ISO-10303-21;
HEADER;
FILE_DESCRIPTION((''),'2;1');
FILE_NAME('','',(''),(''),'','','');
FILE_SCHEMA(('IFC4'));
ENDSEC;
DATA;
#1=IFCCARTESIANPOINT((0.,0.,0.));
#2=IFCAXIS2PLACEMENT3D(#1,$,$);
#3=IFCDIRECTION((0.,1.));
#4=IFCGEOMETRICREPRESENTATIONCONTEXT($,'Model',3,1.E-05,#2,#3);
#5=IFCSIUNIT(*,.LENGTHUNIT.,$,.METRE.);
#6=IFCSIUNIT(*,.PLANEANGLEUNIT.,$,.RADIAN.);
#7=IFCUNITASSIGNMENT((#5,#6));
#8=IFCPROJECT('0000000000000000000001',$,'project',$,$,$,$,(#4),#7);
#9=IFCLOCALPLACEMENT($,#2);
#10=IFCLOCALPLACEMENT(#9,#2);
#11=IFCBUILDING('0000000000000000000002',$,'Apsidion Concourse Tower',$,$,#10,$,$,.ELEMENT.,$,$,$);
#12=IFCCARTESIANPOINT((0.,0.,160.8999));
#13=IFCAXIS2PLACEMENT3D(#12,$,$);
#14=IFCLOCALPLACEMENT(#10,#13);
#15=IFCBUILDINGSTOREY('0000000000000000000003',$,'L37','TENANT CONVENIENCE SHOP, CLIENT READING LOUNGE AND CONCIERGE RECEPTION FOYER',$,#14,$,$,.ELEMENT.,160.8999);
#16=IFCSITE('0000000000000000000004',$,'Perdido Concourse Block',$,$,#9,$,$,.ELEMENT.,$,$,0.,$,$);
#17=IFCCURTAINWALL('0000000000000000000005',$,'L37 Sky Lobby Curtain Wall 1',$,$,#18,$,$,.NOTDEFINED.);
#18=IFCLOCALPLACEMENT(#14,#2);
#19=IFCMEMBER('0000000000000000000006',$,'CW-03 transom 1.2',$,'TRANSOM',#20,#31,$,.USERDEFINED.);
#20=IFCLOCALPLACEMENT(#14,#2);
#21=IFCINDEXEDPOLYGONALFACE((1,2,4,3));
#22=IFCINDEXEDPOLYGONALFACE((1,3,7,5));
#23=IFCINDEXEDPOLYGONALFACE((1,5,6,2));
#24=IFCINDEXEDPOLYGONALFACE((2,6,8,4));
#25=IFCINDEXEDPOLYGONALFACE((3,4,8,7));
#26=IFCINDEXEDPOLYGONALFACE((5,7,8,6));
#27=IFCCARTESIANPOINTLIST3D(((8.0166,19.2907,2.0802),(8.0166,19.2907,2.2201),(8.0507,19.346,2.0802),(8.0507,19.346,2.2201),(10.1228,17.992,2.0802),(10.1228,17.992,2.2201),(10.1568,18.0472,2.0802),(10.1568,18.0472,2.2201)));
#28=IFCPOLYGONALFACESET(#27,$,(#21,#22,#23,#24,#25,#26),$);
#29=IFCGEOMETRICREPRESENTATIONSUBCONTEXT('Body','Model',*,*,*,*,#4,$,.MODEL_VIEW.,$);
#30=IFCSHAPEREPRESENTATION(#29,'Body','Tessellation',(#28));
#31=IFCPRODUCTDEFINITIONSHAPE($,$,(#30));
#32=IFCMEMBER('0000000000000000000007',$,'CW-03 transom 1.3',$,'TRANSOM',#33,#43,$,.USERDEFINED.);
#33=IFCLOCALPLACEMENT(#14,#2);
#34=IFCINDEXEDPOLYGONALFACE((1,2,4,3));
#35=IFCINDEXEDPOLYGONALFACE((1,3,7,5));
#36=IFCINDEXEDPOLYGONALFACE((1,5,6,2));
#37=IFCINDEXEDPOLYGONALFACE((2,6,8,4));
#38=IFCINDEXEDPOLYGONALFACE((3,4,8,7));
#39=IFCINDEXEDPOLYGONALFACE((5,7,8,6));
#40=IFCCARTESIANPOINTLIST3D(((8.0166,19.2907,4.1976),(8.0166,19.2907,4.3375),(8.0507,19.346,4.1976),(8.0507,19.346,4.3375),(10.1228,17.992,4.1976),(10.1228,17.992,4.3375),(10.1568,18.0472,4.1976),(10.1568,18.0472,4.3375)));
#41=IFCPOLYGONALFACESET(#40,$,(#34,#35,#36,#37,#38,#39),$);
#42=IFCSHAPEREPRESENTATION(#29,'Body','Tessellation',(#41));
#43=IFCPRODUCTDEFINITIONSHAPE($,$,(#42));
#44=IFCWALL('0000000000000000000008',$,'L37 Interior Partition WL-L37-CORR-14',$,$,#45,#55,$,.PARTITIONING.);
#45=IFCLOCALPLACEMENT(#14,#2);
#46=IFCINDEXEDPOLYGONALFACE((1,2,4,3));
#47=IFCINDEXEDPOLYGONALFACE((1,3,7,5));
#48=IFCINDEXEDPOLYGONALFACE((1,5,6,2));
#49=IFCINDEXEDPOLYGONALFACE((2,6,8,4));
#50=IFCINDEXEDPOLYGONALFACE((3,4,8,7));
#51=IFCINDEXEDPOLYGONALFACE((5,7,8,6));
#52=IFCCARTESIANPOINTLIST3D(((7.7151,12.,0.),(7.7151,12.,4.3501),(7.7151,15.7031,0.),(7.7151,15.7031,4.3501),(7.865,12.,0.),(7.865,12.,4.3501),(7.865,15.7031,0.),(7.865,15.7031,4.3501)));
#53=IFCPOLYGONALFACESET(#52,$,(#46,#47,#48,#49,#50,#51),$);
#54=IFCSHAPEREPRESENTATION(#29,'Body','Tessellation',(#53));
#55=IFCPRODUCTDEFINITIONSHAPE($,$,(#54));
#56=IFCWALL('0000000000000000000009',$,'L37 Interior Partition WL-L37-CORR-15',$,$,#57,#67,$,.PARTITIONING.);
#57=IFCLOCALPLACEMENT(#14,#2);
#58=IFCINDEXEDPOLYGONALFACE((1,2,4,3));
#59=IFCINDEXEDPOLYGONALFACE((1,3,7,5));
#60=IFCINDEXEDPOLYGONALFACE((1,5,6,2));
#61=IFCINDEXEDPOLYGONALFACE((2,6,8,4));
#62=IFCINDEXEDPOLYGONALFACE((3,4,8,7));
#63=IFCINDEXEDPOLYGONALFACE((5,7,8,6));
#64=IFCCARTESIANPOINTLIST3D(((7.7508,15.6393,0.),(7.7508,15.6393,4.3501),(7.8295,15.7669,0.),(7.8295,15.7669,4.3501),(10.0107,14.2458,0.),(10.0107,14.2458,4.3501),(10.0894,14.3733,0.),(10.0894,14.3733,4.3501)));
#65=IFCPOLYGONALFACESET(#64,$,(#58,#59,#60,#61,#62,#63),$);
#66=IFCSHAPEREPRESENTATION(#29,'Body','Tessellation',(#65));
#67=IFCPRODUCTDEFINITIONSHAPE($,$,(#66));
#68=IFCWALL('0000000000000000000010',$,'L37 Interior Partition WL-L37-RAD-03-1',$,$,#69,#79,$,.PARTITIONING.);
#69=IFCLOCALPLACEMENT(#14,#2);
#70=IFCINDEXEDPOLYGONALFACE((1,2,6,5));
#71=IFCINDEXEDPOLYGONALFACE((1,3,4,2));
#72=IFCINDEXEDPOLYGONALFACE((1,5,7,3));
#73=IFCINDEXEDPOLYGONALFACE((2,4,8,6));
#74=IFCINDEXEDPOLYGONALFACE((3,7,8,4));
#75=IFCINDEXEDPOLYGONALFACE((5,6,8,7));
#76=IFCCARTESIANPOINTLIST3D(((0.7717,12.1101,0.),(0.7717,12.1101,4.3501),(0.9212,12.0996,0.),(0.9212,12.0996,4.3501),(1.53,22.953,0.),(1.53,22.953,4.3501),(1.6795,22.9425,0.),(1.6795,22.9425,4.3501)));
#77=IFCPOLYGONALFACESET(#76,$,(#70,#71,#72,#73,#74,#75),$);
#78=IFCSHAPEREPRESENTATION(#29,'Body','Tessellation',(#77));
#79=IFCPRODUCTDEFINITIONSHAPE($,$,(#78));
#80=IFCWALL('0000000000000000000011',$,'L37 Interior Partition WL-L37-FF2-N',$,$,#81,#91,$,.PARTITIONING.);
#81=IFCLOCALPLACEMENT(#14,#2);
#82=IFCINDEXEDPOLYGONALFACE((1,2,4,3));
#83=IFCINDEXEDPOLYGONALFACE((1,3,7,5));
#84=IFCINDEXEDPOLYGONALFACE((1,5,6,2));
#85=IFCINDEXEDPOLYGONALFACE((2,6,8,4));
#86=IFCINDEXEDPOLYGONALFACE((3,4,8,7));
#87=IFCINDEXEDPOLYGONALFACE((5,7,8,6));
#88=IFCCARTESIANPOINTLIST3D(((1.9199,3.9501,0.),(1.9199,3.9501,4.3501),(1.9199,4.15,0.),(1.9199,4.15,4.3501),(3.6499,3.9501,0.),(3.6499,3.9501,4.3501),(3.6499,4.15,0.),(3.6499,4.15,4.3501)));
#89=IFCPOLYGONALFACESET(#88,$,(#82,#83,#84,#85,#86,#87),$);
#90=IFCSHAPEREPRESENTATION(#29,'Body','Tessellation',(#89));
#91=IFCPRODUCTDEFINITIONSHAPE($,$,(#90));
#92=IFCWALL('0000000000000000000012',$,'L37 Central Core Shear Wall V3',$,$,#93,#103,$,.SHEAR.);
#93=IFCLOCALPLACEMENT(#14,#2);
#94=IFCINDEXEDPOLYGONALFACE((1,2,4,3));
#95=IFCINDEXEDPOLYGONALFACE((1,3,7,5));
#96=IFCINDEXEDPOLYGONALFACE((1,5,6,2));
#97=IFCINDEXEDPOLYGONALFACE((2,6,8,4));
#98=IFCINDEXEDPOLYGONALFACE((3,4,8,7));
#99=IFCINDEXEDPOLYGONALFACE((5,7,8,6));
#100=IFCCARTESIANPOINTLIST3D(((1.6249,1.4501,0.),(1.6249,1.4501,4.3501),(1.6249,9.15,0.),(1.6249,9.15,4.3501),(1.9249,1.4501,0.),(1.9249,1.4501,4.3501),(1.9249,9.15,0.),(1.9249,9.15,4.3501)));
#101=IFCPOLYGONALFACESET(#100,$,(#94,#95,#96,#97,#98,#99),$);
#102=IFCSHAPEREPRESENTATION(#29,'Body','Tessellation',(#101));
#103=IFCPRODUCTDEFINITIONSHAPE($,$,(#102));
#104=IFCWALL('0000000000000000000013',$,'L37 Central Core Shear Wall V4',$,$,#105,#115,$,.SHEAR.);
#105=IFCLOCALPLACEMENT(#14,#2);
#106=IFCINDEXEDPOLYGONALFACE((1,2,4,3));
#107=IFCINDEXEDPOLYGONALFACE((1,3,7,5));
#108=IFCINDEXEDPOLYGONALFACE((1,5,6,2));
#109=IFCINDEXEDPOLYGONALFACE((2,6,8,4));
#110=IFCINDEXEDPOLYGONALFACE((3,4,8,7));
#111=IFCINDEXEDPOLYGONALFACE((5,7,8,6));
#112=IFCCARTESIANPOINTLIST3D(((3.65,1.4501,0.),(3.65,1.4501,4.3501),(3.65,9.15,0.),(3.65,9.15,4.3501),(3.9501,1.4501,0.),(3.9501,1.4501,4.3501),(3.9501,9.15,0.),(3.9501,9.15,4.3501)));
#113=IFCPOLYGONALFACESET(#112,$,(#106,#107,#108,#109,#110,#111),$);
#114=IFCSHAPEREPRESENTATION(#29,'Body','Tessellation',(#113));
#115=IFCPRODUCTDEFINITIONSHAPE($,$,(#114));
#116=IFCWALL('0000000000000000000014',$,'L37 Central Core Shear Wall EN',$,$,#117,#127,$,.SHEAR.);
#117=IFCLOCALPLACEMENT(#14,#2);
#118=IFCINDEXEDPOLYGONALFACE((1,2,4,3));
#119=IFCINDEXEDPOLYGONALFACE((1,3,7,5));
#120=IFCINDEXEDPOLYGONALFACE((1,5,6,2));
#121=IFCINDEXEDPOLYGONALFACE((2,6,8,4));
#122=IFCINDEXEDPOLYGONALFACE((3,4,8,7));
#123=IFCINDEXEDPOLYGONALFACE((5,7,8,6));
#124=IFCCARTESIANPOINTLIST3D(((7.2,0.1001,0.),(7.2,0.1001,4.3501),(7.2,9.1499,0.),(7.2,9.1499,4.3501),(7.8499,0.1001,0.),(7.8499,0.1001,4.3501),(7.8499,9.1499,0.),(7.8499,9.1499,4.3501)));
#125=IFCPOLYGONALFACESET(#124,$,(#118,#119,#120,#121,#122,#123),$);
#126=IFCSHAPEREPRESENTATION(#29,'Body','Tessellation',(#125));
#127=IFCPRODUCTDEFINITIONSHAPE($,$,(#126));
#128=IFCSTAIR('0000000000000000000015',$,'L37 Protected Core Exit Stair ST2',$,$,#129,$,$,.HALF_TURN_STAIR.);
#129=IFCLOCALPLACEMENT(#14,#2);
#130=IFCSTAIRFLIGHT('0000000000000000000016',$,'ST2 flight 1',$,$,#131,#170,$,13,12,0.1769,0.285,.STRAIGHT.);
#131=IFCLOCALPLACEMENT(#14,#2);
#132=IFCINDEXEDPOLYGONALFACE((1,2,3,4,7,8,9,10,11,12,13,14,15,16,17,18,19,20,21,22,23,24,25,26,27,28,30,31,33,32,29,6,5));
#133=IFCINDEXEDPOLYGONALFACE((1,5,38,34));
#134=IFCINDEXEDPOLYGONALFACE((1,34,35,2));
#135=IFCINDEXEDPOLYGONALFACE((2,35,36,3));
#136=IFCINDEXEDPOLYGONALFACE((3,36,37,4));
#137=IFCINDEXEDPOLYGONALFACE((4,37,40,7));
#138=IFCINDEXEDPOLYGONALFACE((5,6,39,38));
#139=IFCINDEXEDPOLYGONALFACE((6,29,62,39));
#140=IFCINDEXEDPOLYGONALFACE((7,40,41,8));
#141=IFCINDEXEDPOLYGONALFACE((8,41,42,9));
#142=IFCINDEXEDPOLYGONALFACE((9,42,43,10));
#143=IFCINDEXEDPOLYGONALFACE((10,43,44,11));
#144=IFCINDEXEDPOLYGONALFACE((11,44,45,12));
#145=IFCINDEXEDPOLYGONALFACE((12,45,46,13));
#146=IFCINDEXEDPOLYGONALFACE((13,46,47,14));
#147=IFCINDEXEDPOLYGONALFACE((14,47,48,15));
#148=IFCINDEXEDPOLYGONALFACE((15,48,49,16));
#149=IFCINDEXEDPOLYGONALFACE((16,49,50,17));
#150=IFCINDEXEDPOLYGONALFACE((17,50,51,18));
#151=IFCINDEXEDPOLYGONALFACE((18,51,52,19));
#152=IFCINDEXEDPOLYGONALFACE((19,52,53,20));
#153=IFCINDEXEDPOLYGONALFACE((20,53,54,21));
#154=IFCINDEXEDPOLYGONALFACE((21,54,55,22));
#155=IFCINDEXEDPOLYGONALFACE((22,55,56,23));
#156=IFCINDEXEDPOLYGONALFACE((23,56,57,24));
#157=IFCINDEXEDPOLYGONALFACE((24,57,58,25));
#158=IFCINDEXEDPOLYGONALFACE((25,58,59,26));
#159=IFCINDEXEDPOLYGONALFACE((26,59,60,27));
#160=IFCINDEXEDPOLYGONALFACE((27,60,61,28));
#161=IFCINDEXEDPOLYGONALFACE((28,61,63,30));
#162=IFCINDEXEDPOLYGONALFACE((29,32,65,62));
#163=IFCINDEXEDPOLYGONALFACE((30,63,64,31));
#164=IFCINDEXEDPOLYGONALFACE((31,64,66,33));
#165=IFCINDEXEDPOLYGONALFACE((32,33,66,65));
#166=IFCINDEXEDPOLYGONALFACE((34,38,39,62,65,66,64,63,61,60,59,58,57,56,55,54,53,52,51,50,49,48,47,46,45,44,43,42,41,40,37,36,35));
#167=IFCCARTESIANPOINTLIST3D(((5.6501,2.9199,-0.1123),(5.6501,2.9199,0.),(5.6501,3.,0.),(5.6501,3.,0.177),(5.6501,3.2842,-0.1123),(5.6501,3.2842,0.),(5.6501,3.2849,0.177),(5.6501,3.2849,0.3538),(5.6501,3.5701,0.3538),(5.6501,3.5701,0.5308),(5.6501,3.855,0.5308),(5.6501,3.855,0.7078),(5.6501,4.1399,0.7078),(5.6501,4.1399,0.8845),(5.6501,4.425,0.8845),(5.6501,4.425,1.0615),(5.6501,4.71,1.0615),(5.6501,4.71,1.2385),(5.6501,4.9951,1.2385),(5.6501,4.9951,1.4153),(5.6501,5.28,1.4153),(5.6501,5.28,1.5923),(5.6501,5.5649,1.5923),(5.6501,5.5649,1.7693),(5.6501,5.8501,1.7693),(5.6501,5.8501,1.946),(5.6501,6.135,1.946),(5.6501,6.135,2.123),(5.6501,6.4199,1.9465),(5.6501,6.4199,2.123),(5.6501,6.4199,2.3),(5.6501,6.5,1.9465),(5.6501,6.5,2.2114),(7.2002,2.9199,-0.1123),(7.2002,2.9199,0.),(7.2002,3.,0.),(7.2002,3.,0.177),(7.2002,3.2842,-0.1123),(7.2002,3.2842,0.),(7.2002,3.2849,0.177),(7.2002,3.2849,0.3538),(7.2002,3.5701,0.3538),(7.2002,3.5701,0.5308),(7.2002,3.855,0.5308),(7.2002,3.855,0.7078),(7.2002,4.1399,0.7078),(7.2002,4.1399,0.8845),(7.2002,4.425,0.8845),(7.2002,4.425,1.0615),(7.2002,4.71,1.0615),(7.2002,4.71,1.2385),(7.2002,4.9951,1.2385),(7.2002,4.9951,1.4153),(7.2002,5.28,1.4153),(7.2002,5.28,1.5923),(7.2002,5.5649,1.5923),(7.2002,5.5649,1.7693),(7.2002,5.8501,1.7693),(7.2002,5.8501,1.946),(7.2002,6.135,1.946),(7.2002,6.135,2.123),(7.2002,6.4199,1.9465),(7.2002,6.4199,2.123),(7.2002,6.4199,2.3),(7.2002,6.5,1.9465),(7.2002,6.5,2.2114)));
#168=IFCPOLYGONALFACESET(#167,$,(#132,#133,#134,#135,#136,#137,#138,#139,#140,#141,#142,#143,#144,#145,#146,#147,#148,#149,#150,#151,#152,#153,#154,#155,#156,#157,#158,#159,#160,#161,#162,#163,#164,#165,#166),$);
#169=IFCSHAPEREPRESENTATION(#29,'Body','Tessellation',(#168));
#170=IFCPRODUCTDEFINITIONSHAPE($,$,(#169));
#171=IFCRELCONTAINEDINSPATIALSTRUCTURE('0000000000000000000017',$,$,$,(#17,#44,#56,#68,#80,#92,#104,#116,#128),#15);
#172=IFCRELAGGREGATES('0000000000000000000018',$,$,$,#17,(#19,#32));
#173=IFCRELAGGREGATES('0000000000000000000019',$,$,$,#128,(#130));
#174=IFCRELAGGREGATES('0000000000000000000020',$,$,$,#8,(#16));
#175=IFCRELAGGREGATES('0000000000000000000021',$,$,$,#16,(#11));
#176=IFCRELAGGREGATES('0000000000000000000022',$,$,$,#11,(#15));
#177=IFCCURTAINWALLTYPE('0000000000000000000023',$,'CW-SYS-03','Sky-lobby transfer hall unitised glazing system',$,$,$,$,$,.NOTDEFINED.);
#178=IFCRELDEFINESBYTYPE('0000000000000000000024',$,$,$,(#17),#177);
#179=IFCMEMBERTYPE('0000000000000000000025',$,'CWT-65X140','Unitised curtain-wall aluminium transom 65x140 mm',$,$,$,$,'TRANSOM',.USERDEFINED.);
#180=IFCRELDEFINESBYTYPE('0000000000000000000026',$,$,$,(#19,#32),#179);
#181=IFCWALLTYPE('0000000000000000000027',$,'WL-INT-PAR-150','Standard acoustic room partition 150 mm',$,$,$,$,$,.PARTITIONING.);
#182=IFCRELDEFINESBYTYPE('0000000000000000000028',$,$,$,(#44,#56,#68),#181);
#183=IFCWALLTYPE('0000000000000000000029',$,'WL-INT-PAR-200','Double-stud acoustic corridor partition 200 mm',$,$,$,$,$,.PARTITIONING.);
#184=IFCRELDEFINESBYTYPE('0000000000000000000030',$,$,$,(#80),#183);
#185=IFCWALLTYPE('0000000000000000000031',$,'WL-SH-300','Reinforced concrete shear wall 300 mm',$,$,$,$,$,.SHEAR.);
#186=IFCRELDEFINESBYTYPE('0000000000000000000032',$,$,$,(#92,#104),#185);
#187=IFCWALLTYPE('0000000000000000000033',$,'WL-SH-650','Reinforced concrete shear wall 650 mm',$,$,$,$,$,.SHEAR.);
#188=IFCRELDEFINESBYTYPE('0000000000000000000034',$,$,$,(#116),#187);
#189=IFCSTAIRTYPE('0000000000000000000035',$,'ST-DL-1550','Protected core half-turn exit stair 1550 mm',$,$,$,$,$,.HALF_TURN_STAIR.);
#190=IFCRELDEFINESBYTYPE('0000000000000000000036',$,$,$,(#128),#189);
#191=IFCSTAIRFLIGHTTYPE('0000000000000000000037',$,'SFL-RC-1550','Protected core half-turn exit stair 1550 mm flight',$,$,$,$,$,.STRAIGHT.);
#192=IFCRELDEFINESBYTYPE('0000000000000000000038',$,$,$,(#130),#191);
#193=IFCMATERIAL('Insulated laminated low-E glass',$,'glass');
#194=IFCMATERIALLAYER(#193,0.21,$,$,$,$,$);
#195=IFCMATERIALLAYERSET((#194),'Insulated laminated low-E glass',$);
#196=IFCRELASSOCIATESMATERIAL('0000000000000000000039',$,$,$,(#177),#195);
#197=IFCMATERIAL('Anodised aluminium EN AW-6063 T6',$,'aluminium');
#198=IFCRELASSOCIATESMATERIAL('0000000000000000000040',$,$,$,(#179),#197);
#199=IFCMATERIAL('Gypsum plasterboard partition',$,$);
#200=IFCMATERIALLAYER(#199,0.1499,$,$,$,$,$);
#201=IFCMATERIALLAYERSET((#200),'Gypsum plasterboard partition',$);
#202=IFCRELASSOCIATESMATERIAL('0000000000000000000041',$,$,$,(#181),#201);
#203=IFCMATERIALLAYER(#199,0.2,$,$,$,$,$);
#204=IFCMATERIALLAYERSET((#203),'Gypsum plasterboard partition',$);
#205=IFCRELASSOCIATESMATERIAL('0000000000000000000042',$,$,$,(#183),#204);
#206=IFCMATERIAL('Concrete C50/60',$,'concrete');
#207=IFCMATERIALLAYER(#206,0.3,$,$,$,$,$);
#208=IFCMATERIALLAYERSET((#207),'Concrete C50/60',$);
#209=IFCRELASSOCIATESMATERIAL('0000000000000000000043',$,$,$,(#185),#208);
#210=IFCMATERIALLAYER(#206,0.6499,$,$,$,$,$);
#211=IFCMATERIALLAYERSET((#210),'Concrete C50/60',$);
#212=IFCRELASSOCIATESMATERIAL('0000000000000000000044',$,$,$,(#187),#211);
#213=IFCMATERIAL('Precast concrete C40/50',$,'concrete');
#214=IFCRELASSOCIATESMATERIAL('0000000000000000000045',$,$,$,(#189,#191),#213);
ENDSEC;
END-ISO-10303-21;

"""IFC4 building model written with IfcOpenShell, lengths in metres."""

from ifc_helpers import new_model, si_unit, direction, frame, frame_2d, origin, origin_2d, place, context, subcontext, project, spatial, polyline, rectangle, outline, extrude, material, layer, layer_set, material_profile, profile_set, type_object, element, aggregate, save


model = new_model("IFC4")

# Units and contexts
model_context = context("Model", 3, precision=1e-05, world=origin(), true_north=direction((0.0, 1.0)))
body_context = subcontext(model_context, "Body", "Model", "MODEL_VIEW")
ifc_project = project(units=[si_unit("LENGTHUNIT", "METRE"), si_unit("PLANEANGLEUNIT", "RADIAN")], contexts=[model_context])

# Site, building, storey
site_placement = place(None, origin())
site = spatial("IfcSite", under=ifc_project, at=site_placement, Name="Perdido Concourse Block", CompositionType="ELEMENT", RefElevation=0.0)
building_placement = place(site_placement, origin())
building = spatial("IfcBuilding", under=site, at=building_placement, Name="Apsidion Concourse Tower", CompositionType="ELEMENT")
storey_placement = place(building_placement, frame((0.0, 0.0, 160.8999)))
storey = spatial("IfcBuildingStorey", under=building, at=storey_placement, Name="L37", Description="TENANT CONVENIENCE SHOP, CLIENT READING LOUNGE AND CONCIERGE RECEPTION FOYER", CompositionType="ELEMENT", Elevation=160.8999)

# Shared definitions
ifc_material_1 = material(Name="Concrete C50/60", Category="concrete")

# Curtain wall, members
ifc_material_2 = material(Name="Insulated laminated low-E glass", Category="glass")
ifc_layer_1 = layer(ifc_material_2, 0.21)
ifc_layer_set_1 = layer_set([ifc_layer_1], Name="Insulated laminated low-E glass")
curtain_wall_type = type_object("IfcCurtainWallType", Name="CW-SYS-03", Description="Sky-lobby transfer hall unitised glazing system", PredefinedType="NOTDEFINED", material=ifc_layer_set_1)
curtain_wall_placement = place(storey_placement, origin())
curtain_wall = element("IfcCurtainWall", 1, at=curtain_wall_placement, inside=storey, type_object=curtain_wall_type, Name="L37 Sky Lobby Curtain Wall 1", PredefinedType="NOTDEFINED")
ifc_material_3 = material(Name="Anodised aluminium EN AW-6063 T6", Category="aluminium")
ifc_material_profile_1 = material_profile(ifc_material_3, rectangle(XDim=0.0649, YDim=0.1399, at=origin_2d()), Name="ALU TRANSOM 65x140")
ifc_profile_set_1 = profile_set([ifc_material_profile_1], Name="Anodised aluminium EN AW-6063 T6")
member_type_1 = type_object("IfcMemberType", Name="CWT-65X140", Description="Unitised curtain-wall aluminium transom 65x140 mm", ElementType="TRANSOM", PredefinedType="USERDEFINED", material=ifc_profile_set_1)
member_1_placement = place(storey_placement, frame((8.0337, 19.3184, 2.1501), z_axis=(0.85117, -0.52489, 0.0), x_axis=(0.52489, 0.85117, 0.0)))
member_1 = element("IfcMember", 2, at=member_1_placement, type_object=member_type_1, Name="CW-03 transom 1.2", ObjectType="TRANSOM", PredefinedType="USERDEFINED", context=body_context, shape_type="SweptSolid", body=[
    extrude(rectangle(XDim=0.0649, YDim=0.1399, at=origin_2d()), origin(), (0.0, 0.0, 1.0), 2.4744),
])
member_2_placement = place(storey_placement, frame((8.0337, 19.3184, 4.2676), z_axis=(0.85117, -0.52489, 0.0), x_axis=(0.52489, 0.85117, 0.0)))
member_2 = element("IfcMember", 3, at=member_2_placement, type_object=member_type_1, Name="CW-03 transom 1.3", ObjectType="TRANSOM", PredefinedType="USERDEFINED", context=body_context, shape_type="SweptSolid", body=[
    extrude(rectangle(XDim=0.0649, YDim=0.1399, at=origin_2d()), origin(), (0.0, 0.0, 1.0), 2.4744),
])
aggregate(curtain_wall, [member_1, member_2])

# Walls
ifc_material_4 = material(Name="Gypsum plasterboard partition")
ifc_layer_2 = layer(ifc_material_4, 0.1499)
ifc_layer_set_2 = layer_set([ifc_layer_2], Name="Gypsum plasterboard partition")
wall_type_1 = type_object("IfcWallType", Name="WL-INT-PAR-150", Description="Standard acoustic room partition 150 mm", PredefinedType="PARTITIONING", material=ifc_layer_set_2)
wall_1_placement = place(storey_placement, frame((7.79, 12.0, 0.0), z_axis=(0.0, 0.0, 1.0), x_axis=(0.0, 1.0, 0.0)))
element("IfcWall", 4, at=wall_1_placement, inside=storey, type_object=wall_type_1, Name="L37 Interior Partition WL-L37-CORR-14", PredefinedType="PARTITIONING", context=body_context, shape_type="SweptSolid", body=[
    extrude(rectangle(XDim=3.7031, YDim=0.1499, at=frame_2d((1.8516, 0.0))), origin(), (0.0, 0.0, 1.0), 4.3501),
])
wall_2_placement = place(storey_placement, frame((7.79, 15.7031, 0.0), z_axis=(0.0, 0.0, 1.0), x_axis=(0.851191, -0.524857, 0.0)))
element("IfcWall", 5, at=wall_2_placement, inside=storey, type_object=wall_type_1, Name="L37 Interior Partition WL-L37-CORR-15", PredefinedType="PARTITIONING", context=body_context, shape_type="SweptSolid", body=[
    extrude(rectangle(XDim=2.655, YDim=0.1499, at=frame_2d((1.3276, 0.0))), origin(), (0.0, 0.0, 1.0), 4.3501),
])
wall_3_placement = place(storey_placement, frame((0.8464, 12.105, 0.0), z_axis=(0.0, 0.0, 1.0), x_axis=(0.069764, 0.997564, 0.0)))
element("IfcWall", 6, at=wall_3_placement, inside=storey, type_object=wall_type_1, Name="L37 Interior Partition WL-L37-RAD-03-1", PredefinedType="PARTITIONING", context=body_context, shape_type="SweptSolid", body=[
    extrude(rectangle(XDim=10.8694, YDim=0.1499, at=frame_2d((5.4346, 0.0))), origin(), (0.0, 0.0, 1.0), 4.3501),
])
ifc_layer_3 = layer(ifc_material_4, 0.2)
ifc_layer_set_3 = layer_set([ifc_layer_3], Name="Gypsum plasterboard partition")
wall_type_2 = type_object("IfcWallType", Name="WL-INT-PAR-200", Description="Double-stud acoustic corridor partition 200 mm", PredefinedType="PARTITIONING", material=ifc_layer_set_3)
wall_4_placement = place(storey_placement, frame((1.9199, 4.05, 0.0), z_axis=(0.0, 0.0, 1.0), x_axis=(1.0, 0.0, 0.0)))
element("IfcWall", 7, at=wall_4_placement, inside=storey, type_object=wall_type_2, Name="L37 Interior Partition WL-L37-FF2-N", PredefinedType="PARTITIONING", context=body_context, shape_type="SweptSolid", body=[
    extrude(rectangle(XDim=1.73, YDim=0.2, at=frame_2d((0.865, 0.0))), origin(), (0.0, 0.0, 1.0), 4.3501),
])
ifc_layer_4 = layer(ifc_material_1, 0.3)
ifc_layer_set_4 = layer_set([ifc_layer_4], Name="Concrete C50/60")
wall_type_3 = type_object("IfcWallType", Name="WL-SH-300", Description="Reinforced concrete shear wall 300 mm", PredefinedType="SHEAR", material=ifc_layer_set_4)
for number, where, z_axis, x_axis, name in (
    (8, (1.7749, 1.45, 0.0), (0.0, 0.0, 1.0), (0.0, 1.0, 0.0), "L37 Central Core Shear Wall V3"),
    (9, (3.8, 1.45, 0.0), (0.0, 0.0, 1.0), (0.0, 1.0, 0.0), "L37 Central Core Shear Wall V4"),
):
    element("IfcWall", number, at=place(storey_placement, frame(where, z_axis=z_axis, x_axis=x_axis)), inside=storey, type_object=wall_type_3, Name=name, PredefinedType="SHEAR", context=body_context, shape_type="SweptSolid", body=[
        extrude(rectangle(XDim=7.7, YDim=0.3, at=frame_2d((3.8501, 0.0))), origin(), (0.0, 0.0, 1.0), 4.3501),
    ])
ifc_layer_5 = layer(ifc_material_1, 0.6499)
ifc_layer_set_5 = layer_set([ifc_layer_5], Name="Concrete C50/60")
wall_type_4 = type_object("IfcWallType", Name="WL-SH-650", Description="Reinforced concrete shear wall 650 mm", PredefinedType="SHEAR", material=ifc_layer_set_5)
wall_5_placement = place(storey_placement, frame((7.5249, 0.1001, 0.0), z_axis=(0.0, 0.0, 1.0), x_axis=(0.0, 1.0, 0.0)))
element("IfcWall", 10, at=wall_5_placement, inside=storey, type_object=wall_type_4, Name="L37 Central Core Shear Wall EN", PredefinedType="SHEAR", context=body_context, shape_type="SweptSolid", body=[
    extrude(rectangle(XDim=9.0498, YDim=0.6499, at=frame_2d((4.5249, 0.0))), origin(), (0.0, 0.0, 1.0), 4.3501),
])

# Stair, stair flight
ifc_material_5 = material(Name="Precast concrete C40/50", Category="concrete")
stair_type = type_object("IfcStairType", Name="ST-DL-1550", Description="Protected core half-turn exit stair 1550 mm", PredefinedType="HALF_TURN_STAIR", material=ifc_material_5)
stair_1_placement = place(storey_placement, origin())
stair_1 = element("IfcStair", 11, at=stair_1_placement, inside=storey, type_object=stair_type, Name="L37 Protected Core Exit Stair ST2", PredefinedType="HALF_TURN_STAIR")
stair_flight_type = type_object("IfcStairFlightType", Name="SFL-RC-1550", Description="Protected core half-turn exit stair 1550 mm flight", PredefinedType="STRAIGHT", material=ifc_material_5)
stair_flight_1_placement = place(storey_placement, frame((6.425, 3.0, 0.0), z_axis=(0.0, 0.0, 1.0), x_axis=(0.0, 1.0, 0.0)))
stair_flight_1 = element("IfcStairFlight", 12, at=stair_flight_1_placement, type_object=stair_flight_type, Name="ST2 flight 1", NumberOfRisers=13, NumberOfTreads=12, PredefinedType="STRAIGHT", RiserHeight=0.1769, TreadLength=0.285, context=body_context, shape_type="SweptSolid", body=[
    extrude(outline(polyline([(-0.0801, -0.1123), (-0.0801, 0.0), (0.0, 0.0), (0.0, 0.177), (0.2849, 0.177), (0.2849, 0.3538), (0.5701, 0.3538), (0.5701, 0.5308), (0.855, 0.5308), (0.855, 0.7078), (1.1399, 0.7078), (1.1399, 0.8845), (1.425, 0.8845), (1.425, 1.0615), (1.71, 1.0615), (1.71, 1.2385), (1.9951, 1.2385), (1.9951, 1.4153), (2.28, 1.4153), (2.28, 1.5923), (2.5649, 1.5923), (2.5649, 1.7693), (2.8501, 1.7693), (2.8501, 1.946), (3.135, 1.946), (3.135, 2.123), (3.4199, 2.123), (3.4199, 2.3), (3.5, 2.2114), (3.5, 1.9465), (3.4199, 1.9465), (0.2842, 0.0), (0.2842, -0.1123), (-0.0801, -0.1123)])), frame((0.0, 0.7749, 0.0), z_axis=(0.0, -1.0, 0.0), x_axis=(1.0, 0.0, 0.0)), (0.0, 0.0, 1.0), 1.55),
])
aggregate(stair_1, [stair_flight_1])

save(model, "model.ifc")
